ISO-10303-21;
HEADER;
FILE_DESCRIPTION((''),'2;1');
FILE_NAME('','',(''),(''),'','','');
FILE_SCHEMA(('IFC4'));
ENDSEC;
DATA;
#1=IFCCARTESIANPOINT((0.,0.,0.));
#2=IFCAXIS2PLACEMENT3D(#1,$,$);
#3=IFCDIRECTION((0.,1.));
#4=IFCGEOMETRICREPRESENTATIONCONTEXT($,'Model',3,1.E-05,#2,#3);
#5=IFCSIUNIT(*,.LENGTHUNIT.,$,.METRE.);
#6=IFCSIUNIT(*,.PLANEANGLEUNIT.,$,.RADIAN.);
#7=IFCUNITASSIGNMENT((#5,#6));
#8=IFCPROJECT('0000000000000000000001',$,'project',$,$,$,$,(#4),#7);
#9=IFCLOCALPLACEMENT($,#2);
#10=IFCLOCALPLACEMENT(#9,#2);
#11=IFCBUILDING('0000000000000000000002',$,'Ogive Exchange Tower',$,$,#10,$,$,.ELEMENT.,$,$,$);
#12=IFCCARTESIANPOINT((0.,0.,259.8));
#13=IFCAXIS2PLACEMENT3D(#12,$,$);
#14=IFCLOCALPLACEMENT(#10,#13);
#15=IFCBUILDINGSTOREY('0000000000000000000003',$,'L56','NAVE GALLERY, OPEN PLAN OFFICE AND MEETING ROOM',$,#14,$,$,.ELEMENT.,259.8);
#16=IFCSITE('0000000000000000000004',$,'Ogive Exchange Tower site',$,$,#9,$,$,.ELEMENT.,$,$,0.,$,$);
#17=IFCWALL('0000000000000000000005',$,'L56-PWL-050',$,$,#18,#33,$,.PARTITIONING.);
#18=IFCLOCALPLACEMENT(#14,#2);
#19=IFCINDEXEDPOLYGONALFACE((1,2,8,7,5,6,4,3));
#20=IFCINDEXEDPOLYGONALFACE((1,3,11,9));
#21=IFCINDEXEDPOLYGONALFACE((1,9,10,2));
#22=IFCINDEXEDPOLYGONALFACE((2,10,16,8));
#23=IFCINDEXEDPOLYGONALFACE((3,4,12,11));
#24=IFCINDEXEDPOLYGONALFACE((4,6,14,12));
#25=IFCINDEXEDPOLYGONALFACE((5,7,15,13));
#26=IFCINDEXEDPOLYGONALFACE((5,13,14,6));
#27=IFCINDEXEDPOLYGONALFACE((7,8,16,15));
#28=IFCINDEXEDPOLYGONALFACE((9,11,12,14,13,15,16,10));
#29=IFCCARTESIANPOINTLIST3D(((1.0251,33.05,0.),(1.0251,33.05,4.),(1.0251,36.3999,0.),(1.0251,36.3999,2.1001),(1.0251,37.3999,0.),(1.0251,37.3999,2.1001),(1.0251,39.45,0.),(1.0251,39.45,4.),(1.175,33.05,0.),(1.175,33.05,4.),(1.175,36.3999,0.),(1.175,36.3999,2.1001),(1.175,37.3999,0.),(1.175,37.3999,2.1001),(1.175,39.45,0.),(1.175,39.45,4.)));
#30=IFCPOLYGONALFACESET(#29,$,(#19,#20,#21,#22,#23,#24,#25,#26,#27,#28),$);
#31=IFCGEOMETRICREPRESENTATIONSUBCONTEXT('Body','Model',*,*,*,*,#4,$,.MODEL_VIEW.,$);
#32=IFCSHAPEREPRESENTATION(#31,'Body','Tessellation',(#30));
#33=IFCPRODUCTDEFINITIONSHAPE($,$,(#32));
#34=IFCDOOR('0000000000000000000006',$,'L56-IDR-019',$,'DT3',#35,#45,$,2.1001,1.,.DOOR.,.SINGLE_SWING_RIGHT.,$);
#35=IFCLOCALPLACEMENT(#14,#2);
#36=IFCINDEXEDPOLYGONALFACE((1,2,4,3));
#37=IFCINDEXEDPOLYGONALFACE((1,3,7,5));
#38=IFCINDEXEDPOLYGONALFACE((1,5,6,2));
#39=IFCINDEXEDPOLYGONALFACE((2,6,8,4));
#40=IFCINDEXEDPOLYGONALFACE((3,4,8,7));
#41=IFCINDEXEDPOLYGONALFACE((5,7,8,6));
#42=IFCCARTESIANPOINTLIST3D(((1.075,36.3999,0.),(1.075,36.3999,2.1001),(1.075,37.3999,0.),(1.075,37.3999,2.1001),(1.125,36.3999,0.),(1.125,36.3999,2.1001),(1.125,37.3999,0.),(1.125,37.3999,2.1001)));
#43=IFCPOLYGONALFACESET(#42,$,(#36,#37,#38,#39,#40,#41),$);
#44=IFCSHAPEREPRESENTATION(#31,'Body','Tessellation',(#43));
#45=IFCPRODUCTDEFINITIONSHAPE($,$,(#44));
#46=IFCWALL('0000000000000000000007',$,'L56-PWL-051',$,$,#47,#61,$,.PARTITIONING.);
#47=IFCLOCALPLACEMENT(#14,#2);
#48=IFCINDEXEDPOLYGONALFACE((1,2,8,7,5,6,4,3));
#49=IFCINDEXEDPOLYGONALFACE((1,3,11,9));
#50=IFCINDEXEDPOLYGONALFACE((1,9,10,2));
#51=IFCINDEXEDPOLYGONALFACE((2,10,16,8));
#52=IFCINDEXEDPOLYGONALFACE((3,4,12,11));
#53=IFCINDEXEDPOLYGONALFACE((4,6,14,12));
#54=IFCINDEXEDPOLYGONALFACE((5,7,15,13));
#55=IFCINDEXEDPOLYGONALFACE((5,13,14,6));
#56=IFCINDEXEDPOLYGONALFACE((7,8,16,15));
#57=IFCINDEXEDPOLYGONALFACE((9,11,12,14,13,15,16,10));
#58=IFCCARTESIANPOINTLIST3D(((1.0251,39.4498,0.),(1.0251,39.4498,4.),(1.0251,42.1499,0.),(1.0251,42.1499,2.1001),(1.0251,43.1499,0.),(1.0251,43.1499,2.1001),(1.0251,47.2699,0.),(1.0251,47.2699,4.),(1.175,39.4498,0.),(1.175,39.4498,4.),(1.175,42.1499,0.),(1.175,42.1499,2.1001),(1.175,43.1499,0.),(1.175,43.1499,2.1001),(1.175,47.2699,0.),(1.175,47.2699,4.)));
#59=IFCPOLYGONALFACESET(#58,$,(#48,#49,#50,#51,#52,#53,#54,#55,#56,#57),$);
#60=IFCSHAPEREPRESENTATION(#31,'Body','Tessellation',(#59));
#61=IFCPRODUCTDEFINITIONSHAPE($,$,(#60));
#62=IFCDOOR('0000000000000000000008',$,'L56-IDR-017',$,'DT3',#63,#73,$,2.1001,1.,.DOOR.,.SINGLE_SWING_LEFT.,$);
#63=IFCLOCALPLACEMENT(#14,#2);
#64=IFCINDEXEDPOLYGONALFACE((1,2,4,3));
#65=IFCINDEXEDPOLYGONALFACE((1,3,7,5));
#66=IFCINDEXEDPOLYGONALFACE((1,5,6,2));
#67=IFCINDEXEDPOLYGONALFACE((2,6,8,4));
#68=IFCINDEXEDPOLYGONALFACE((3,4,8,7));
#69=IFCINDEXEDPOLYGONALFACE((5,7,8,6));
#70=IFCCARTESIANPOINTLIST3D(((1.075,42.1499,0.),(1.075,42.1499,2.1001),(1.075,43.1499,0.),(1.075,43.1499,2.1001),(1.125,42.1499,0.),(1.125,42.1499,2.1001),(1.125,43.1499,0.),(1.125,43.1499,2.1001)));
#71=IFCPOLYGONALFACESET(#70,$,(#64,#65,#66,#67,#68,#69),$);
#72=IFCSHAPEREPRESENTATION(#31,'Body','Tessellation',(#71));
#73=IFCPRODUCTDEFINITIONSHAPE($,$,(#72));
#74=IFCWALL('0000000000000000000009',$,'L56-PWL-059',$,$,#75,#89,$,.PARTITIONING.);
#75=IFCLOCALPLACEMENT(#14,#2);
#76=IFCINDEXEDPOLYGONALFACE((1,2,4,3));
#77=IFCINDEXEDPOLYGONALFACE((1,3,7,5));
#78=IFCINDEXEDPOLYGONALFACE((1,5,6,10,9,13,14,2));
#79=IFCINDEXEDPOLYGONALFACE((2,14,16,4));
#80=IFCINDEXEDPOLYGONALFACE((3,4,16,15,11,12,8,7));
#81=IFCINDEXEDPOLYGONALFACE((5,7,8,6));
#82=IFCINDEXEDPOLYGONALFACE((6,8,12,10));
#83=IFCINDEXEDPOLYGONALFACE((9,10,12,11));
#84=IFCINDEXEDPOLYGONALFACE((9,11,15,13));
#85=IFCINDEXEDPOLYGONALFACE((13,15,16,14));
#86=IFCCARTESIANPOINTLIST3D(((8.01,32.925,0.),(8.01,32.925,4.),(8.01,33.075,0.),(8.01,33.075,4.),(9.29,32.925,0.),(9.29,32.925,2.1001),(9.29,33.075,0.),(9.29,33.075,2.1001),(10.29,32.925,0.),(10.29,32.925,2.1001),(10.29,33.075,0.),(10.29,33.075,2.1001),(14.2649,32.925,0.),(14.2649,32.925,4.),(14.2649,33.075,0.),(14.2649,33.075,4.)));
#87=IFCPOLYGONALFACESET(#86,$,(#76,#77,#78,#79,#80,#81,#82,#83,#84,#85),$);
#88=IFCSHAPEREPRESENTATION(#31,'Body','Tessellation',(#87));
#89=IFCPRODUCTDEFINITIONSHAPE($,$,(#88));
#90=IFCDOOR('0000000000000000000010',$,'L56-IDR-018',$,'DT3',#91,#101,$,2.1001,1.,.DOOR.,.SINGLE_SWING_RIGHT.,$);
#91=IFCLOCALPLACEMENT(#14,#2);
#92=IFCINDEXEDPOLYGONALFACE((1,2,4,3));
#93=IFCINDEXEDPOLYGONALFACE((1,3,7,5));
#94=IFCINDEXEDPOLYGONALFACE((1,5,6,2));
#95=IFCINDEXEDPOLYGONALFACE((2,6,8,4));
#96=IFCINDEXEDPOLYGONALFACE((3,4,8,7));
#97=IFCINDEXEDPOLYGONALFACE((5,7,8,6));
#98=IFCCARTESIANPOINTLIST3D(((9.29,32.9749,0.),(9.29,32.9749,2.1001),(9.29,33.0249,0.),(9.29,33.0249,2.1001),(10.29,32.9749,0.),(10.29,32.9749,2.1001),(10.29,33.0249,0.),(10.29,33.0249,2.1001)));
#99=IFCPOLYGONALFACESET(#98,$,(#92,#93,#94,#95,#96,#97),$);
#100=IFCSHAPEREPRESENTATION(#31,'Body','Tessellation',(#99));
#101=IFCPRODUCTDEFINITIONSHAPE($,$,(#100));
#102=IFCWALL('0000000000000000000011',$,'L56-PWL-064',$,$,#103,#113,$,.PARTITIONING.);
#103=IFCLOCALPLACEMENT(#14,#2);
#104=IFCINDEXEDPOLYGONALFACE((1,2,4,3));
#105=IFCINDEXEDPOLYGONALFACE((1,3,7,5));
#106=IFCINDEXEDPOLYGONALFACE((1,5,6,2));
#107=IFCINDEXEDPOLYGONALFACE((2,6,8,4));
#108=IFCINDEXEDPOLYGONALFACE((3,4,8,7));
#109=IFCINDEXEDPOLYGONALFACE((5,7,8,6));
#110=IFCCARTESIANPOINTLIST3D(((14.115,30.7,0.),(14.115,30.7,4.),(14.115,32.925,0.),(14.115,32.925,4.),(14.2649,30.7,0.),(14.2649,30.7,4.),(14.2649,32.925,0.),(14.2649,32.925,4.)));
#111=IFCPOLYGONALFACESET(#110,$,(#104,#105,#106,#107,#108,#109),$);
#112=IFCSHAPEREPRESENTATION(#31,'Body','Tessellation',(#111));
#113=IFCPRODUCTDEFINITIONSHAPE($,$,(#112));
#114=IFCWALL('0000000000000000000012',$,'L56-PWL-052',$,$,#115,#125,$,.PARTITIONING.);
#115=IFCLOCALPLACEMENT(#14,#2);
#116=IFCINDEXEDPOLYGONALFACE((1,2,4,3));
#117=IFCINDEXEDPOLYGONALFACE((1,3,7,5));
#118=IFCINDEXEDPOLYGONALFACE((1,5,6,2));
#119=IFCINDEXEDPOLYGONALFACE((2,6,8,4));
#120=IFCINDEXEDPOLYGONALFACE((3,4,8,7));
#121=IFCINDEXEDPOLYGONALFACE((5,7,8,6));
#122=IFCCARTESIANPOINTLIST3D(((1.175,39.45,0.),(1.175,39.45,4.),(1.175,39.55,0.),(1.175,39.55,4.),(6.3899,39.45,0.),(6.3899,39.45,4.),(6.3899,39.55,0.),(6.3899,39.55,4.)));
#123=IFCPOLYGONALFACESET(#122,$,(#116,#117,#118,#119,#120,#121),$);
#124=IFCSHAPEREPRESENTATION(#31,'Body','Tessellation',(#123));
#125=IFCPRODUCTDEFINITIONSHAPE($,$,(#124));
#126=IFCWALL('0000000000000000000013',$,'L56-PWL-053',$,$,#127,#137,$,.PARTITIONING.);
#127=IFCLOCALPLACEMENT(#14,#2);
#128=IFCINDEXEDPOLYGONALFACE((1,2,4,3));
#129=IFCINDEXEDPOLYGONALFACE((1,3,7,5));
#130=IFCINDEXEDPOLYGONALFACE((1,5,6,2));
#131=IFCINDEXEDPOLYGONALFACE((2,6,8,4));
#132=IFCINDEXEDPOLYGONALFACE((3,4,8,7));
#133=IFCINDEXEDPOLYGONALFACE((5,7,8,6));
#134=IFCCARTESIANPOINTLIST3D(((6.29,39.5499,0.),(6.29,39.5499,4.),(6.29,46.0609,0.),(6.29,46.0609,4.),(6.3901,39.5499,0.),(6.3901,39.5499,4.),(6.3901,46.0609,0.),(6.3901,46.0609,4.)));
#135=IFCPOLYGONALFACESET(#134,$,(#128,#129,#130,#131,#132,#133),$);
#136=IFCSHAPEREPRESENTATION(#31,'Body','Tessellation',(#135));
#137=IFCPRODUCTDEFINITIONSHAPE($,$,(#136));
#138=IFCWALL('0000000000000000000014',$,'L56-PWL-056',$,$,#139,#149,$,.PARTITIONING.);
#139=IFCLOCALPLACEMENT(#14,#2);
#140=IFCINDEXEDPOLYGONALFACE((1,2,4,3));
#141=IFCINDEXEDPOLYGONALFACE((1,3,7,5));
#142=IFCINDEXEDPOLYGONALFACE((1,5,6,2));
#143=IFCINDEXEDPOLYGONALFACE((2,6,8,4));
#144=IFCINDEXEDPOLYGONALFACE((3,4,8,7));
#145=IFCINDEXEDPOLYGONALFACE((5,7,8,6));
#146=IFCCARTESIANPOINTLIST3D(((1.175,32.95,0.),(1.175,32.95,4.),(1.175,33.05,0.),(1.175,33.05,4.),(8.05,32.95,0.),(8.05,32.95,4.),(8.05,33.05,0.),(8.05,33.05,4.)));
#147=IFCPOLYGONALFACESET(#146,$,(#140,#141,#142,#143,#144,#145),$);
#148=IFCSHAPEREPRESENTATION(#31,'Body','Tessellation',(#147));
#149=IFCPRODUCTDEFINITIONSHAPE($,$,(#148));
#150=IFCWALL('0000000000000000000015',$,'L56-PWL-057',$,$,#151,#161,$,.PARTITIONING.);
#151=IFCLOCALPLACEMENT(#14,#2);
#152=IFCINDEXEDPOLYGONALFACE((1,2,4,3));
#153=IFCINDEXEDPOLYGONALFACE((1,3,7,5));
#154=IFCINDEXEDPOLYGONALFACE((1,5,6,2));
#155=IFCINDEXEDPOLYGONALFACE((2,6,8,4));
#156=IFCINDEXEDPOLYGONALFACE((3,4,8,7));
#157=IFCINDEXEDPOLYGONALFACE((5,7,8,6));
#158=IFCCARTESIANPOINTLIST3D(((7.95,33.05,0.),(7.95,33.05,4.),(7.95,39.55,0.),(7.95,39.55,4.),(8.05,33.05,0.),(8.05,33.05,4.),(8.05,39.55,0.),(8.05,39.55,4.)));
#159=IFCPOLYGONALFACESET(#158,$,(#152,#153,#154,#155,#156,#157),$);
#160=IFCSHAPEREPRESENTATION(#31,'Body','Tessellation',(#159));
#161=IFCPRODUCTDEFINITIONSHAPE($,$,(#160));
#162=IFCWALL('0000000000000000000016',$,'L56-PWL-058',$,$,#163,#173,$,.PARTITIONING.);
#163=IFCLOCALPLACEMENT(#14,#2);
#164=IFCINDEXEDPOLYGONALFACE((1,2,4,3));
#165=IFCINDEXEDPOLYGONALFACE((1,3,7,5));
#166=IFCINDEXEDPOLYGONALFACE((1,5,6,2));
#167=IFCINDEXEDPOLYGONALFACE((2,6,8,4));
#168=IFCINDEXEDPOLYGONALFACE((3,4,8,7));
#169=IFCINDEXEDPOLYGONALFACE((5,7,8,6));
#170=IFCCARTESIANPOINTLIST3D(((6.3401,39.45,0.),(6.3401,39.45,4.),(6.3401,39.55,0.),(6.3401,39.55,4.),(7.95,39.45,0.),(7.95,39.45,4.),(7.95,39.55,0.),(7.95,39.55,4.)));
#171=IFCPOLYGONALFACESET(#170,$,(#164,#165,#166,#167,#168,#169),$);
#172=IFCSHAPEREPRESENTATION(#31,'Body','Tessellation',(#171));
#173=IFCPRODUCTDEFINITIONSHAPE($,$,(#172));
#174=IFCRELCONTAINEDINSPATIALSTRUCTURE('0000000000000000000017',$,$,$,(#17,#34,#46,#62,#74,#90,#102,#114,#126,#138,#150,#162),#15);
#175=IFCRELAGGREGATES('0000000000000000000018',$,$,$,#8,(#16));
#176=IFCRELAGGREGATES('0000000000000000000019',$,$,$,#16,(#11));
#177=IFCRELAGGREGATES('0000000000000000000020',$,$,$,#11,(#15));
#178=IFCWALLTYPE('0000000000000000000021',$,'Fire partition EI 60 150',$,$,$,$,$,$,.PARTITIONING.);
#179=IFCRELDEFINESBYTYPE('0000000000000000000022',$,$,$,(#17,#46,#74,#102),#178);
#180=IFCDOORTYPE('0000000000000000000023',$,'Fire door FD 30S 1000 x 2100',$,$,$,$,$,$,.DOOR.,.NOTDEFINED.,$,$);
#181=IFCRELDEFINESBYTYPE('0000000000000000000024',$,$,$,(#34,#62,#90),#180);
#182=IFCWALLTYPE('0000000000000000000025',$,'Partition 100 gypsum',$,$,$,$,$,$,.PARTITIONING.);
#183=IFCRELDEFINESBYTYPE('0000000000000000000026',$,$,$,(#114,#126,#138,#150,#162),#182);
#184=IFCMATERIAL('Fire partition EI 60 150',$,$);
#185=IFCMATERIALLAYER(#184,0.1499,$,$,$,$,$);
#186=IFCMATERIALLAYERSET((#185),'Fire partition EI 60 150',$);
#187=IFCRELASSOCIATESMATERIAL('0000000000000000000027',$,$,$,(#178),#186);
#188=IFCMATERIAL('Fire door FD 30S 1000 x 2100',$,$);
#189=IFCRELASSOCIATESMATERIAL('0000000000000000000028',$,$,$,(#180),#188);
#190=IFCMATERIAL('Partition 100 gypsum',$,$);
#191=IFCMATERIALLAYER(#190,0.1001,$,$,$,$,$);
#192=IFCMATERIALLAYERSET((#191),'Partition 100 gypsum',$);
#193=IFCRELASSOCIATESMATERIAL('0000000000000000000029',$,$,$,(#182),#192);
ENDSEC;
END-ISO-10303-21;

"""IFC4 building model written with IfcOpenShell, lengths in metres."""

from ifc_helpers import new_model, si_unit, direction, frame, frame_2d, origin, place, context, subcontext, project, spatial, rectangle, extrude, material, layer, layer_set, type_object, element, fill, save


model = new_model("IFC4")

# Units and contexts
model_context = context("Model", 3, precision=1e-05, world=origin(), true_north=direction((0.0, 1.0)))
body_context = subcontext(model_context, "Body", "Model", "MODEL_VIEW")
ifc_project = project(units=[si_unit("LENGTHUNIT", "METRE"), si_unit("PLANEANGLEUNIT", "RADIAN")], contexts=[model_context])

# Site, building, storey
site_placement = place(None, origin())
site = spatial("IfcSite", under=ifc_project, at=site_placement, Name="Ogive Exchange Tower site", CompositionType="ELEMENT", RefElevation=0.0)
building_placement = place(site_placement, origin())
building = spatial("IfcBuilding", under=site, at=building_placement, Name="Ogive Exchange Tower", CompositionType="ELEMENT")
storey_placement = place(building_placement, frame((0.0, 0.0, 259.8)))
storey = spatial("IfcBuildingStorey", under=building, at=storey_placement, Name="L56", Description="NAVE GALLERY, OPEN PLAN OFFICE AND MEETING ROOM", CompositionType="ELEMENT", Elevation=259.8)

# Walls, openings, doors
ifc_material_1 = material(Name="Fire partition EI 60 150")
ifc_layer_1 = layer(ifc_material_1, 0.1499)
ifc_layer_set_1 = layer_set([ifc_layer_1], Name="Fire partition EI 60 150")
wall_type_1 = type_object("IfcWallType", Name="Fire partition EI 60 150", PredefinedType="PARTITIONING", material=ifc_layer_set_1)
ifc_material_2 = material(Name="Fire door FD 30S 1000 x 2100")
door_type = type_object("IfcDoorType", Name="Fire door FD 30S 1000 x 2100", OperationType="NOTDEFINED", PredefinedType="DOOR", material=ifc_material_2)
wall_1_placement = place(storey_placement, frame((1.1001, 39.45, 0.0), z_axis=(0.0, 0.0, 1.0), x_axis=(0.0, -1.0, 0.0)))
wall_1 = element("IfcWall", 1, at=wall_1_placement, inside=storey, type_object=wall_type_1, Name="L56-PWL-050", PredefinedType="PARTITIONING", context=body_context, shape_type="SweptSolid", body=[
    extrude(rectangle(XDim=6.3999, YDim=0.1499, at=frame_2d((3.2, 0.0))), origin(), (0.0, 0.0, 1.0), 4.0),
])
opening_1_placement = place(wall_1_placement, frame((2.05, 0.0, 0.0)))
opening_1 = element("IfcOpeningElement", 2, at=opening_1_placement, cuts=wall_1, PredefinedType="OPENING", context=body_context, shape_type="SweptSolid", body=[
    extrude(rectangle(XDim=1.0, YDim=2.1001, at=frame_2d((0.5, 1.05))), frame((0.0, 0.085, 0.0), z_axis=(0.0, -1.0, 0.0), x_axis=(1.0, 0.0, 0.0)), (0.0, 0.0, 1.0), 0.1699),
])
door_1_placement = place(opening_1_placement, origin())
door_1 = element("IfcDoor", 3, at=door_1_placement, inside=storey, type_object=door_type, Name="L56-IDR-019", ObjectType="DT3", OperationType="SINGLE_SWING_RIGHT", OverallHeight=2.1001, OverallWidth=1.0, PredefinedType="DOOR", context=body_context, shape_type="SweptSolid", body=[
    extrude(rectangle(XDim=1.0, YDim=2.1001, at=frame_2d((0.5, 1.05))), frame((0.0, 0.0249, 0.0), z_axis=(0.0, -1.0, 0.0), x_axis=(1.0, 0.0, 0.0)), (0.0, 0.0, 1.0), 0.05),
])
fill(opening_1, door_1)
wall_2_placement = place(storey_placement, frame((1.1001, 47.27, 0.0), z_axis=(0.0, 0.0, 1.0), x_axis=(0.0, -1.0, 0.0)))
wall_2 = element("IfcWall", 4, at=wall_2_placement, inside=storey, type_object=wall_type_1, Name="L56-PWL-051", PredefinedType="PARTITIONING", context=body_context, shape_type="SweptSolid", body=[
    extrude(rectangle(XDim=7.8201, YDim=0.1499, at=frame_2d((3.9102, 0.0))), origin(), (0.0, 0.0, 1.0), 4.0),
])
opening_2_placement = place(wall_2_placement, frame((4.1201, 0.0, 0.0)))
opening_2 = element("IfcOpeningElement", 5, at=opening_2_placement, cuts=wall_2, PredefinedType="OPENING", context=body_context, shape_type="SweptSolid", body=[
    extrude(rectangle(XDim=1.0, YDim=2.1001, at=frame_2d((0.5, 1.05))), frame((0.0, 0.085, 0.0), z_axis=(0.0, -1.0, 0.0), x_axis=(1.0, 0.0, 0.0)), (0.0, 0.0, 1.0), 0.1699),
])
door_2_placement = place(opening_2_placement, origin())
door_2 = element("IfcDoor", 6, at=door_2_placement, inside=storey, type_object=door_type, Name="L56-IDR-017", ObjectType="DT3", OperationType="SINGLE_SWING_LEFT", OverallHeight=2.1001, OverallWidth=1.0, PredefinedType="DOOR", context=body_context, shape_type="SweptSolid", body=[
    extrude(rectangle(XDim=1.0, YDim=2.1001, at=frame_2d((0.5, 1.05))), frame((0.0, 0.0249, 0.0), z_axis=(0.0, -1.0, 0.0), x_axis=(1.0, 0.0, 0.0)), (0.0, 0.0, 1.0), 0.05),
])
fill(opening_2, door_2)
wall_3_placement = place(storey_placement, frame((8.01, 33.0, 0.0), z_axis=(0.0, 0.0, 1.0), x_axis=(1.0, 0.0, 0.0)))
wall_3 = element("IfcWall", 7, at=wall_3_placement, inside=storey, type_object=wall_type_1, Name="L56-PWL-059", PredefinedType="PARTITIONING", context=body_context, shape_type="SweptSolid", body=[
    extrude(rectangle(XDim=6.2549, YDim=0.1499, at=frame_2d((3.1274, 0.0))), origin(), (0.0, 0.0, 1.0), 4.0),
])
opening_3_placement = place(wall_3_placement, frame((1.28, 0.0, 0.0)))
opening_3 = element("IfcOpeningElement", 8, at=opening_3_placement, cuts=wall_3, PredefinedType="OPENING", context=body_context, shape_type="SweptSolid", body=[
    extrude(rectangle(XDim=1.0, YDim=2.1001, at=frame_2d((0.5, 1.05))), frame((0.0, 0.085, 0.0), z_axis=(0.0, -1.0, 0.0), x_axis=(1.0, 0.0, 0.0)), (0.0, 0.0, 1.0), 0.1699),
])
door_3_placement = place(opening_3_placement, origin())
door_3 = element("IfcDoor", 9, at=door_3_placement, inside=storey, type_object=door_type, Name="L56-IDR-018", ObjectType="DT3", OperationType="SINGLE_SWING_RIGHT", OverallHeight=2.1001, OverallWidth=1.0, PredefinedType="DOOR", context=body_context, shape_type="SweptSolid", body=[
    extrude(rectangle(XDim=1.0, YDim=2.1001, at=frame_2d((0.5, 1.05))), frame((0.0, 0.0249, 0.0), z_axis=(0.0, -1.0, 0.0), x_axis=(1.0, 0.0, 0.0)), (0.0, 0.0, 1.0), 0.05),
])
fill(opening_3, door_3)

# Walls
wall_4_placement = place(storey_placement, frame((14.1899, 32.925, 0.0), z_axis=(0.0, 0.0, 1.0), x_axis=(0.0, -1.0, 0.0)))
element("IfcWall", 10, at=wall_4_placement, inside=storey, type_object=wall_type_1, Name="L56-PWL-064", PredefinedType="PARTITIONING", context=body_context, shape_type="SweptSolid", body=[
    extrude(rectangle(XDim=2.2251, YDim=0.1499, at=frame_2d((1.1125, 0.0))), origin(), (0.0, 0.0, 1.0), 4.0),
])
ifc_material_3 = material(Name="Partition 100 gypsum")
ifc_layer_2 = layer(ifc_material_3, 0.1001)
ifc_layer_set_2 = layer_set([ifc_layer_2], Name="Partition 100 gypsum")
wall_type_2 = type_object("IfcWallType", Name="Partition 100 gypsum", PredefinedType="PARTITIONING", material=ifc_layer_set_2)
wall_5_placement = place(storey_placement, frame((6.3899, 39.5, 0.0), z_axis=(0.0, 0.0, 1.0), x_axis=(-1.0, 0.0, 0.0)))
element("IfcWall", 11, at=wall_5_placement, inside=storey, type_object=wall_type_2, Name="L56-PWL-052", PredefinedType="PARTITIONING", context=body_context, shape_type="SweptSolid", body=[
    extrude(rectangle(XDim=5.2148, YDim=0.1001, at=frame_2d((2.6074, 0.0))), origin(), (0.0, 0.0, 1.0), 4.0),
])
wall_6_placement = place(storey_placement, frame((6.3401, 39.55, 0.0), z_axis=(0.0, 0.0, 1.0), x_axis=(0.0, 1.0, 0.0)))
element("IfcWall", 12, at=wall_6_placement, inside=storey, type_object=wall_type_2, Name="L56-PWL-053", PredefinedType="PARTITIONING", context=body_context, shape_type="SweptSolid", body=[
    extrude(rectangle(XDim=6.511, YDim=0.1001, at=frame_2d((3.2554, 0.0))), origin(), (0.0, 0.0, 1.0), 4.0),
])
wall_7_placement = place(storey_placement, frame((8.05, 33.0, 0.0), z_axis=(0.0, 0.0, 1.0), x_axis=(-1.0, 0.0, 0.0)))
element("IfcWall", 13, at=wall_7_placement, inside=storey, type_object=wall_type_2, Name="L56-PWL-056", PredefinedType="PARTITIONING", context=body_context, shape_type="SweptSolid", body=[
    extrude(rectangle(XDim=6.875, YDim=0.1001, at=frame_2d((3.4375, 0.0))), origin(), (0.0, 0.0, 1.0), 4.0),
])
wall_8_placement = place(storey_placement, frame((8.0, 33.05, 0.0), z_axis=(0.0, 0.0, 1.0), x_axis=(0.0, 1.0, 0.0)))
element("IfcWall", 14, at=wall_8_placement, inside=storey, type_object=wall_type_2, Name="L56-PWL-057", PredefinedType="PARTITIONING", context=body_context, shape_type="SweptSolid", body=[
    extrude(rectangle(XDim=6.5, YDim=0.1001, at=frame_2d((3.25, 0.0))), origin(), (0.0, 0.0, 1.0), 4.0),
])
wall_9_placement = place(storey_placement, frame((7.95, 39.5, 0.0), z_axis=(0.0, 0.0, 1.0), x_axis=(-1.0, 0.0, 0.0)))
element("IfcWall", 15, at=wall_9_placement, inside=storey, type_object=wall_type_2, Name="L56-PWL-058", PredefinedType="PARTITIONING", context=body_context, shape_type="SweptSolid", body=[
    extrude(rectangle(XDim=1.6099, YDim=0.1001, at=frame_2d((0.8049, 0.0))), origin(), (0.0, 0.0, 1.0), 4.0),
])

save(model, "model.ifc")
